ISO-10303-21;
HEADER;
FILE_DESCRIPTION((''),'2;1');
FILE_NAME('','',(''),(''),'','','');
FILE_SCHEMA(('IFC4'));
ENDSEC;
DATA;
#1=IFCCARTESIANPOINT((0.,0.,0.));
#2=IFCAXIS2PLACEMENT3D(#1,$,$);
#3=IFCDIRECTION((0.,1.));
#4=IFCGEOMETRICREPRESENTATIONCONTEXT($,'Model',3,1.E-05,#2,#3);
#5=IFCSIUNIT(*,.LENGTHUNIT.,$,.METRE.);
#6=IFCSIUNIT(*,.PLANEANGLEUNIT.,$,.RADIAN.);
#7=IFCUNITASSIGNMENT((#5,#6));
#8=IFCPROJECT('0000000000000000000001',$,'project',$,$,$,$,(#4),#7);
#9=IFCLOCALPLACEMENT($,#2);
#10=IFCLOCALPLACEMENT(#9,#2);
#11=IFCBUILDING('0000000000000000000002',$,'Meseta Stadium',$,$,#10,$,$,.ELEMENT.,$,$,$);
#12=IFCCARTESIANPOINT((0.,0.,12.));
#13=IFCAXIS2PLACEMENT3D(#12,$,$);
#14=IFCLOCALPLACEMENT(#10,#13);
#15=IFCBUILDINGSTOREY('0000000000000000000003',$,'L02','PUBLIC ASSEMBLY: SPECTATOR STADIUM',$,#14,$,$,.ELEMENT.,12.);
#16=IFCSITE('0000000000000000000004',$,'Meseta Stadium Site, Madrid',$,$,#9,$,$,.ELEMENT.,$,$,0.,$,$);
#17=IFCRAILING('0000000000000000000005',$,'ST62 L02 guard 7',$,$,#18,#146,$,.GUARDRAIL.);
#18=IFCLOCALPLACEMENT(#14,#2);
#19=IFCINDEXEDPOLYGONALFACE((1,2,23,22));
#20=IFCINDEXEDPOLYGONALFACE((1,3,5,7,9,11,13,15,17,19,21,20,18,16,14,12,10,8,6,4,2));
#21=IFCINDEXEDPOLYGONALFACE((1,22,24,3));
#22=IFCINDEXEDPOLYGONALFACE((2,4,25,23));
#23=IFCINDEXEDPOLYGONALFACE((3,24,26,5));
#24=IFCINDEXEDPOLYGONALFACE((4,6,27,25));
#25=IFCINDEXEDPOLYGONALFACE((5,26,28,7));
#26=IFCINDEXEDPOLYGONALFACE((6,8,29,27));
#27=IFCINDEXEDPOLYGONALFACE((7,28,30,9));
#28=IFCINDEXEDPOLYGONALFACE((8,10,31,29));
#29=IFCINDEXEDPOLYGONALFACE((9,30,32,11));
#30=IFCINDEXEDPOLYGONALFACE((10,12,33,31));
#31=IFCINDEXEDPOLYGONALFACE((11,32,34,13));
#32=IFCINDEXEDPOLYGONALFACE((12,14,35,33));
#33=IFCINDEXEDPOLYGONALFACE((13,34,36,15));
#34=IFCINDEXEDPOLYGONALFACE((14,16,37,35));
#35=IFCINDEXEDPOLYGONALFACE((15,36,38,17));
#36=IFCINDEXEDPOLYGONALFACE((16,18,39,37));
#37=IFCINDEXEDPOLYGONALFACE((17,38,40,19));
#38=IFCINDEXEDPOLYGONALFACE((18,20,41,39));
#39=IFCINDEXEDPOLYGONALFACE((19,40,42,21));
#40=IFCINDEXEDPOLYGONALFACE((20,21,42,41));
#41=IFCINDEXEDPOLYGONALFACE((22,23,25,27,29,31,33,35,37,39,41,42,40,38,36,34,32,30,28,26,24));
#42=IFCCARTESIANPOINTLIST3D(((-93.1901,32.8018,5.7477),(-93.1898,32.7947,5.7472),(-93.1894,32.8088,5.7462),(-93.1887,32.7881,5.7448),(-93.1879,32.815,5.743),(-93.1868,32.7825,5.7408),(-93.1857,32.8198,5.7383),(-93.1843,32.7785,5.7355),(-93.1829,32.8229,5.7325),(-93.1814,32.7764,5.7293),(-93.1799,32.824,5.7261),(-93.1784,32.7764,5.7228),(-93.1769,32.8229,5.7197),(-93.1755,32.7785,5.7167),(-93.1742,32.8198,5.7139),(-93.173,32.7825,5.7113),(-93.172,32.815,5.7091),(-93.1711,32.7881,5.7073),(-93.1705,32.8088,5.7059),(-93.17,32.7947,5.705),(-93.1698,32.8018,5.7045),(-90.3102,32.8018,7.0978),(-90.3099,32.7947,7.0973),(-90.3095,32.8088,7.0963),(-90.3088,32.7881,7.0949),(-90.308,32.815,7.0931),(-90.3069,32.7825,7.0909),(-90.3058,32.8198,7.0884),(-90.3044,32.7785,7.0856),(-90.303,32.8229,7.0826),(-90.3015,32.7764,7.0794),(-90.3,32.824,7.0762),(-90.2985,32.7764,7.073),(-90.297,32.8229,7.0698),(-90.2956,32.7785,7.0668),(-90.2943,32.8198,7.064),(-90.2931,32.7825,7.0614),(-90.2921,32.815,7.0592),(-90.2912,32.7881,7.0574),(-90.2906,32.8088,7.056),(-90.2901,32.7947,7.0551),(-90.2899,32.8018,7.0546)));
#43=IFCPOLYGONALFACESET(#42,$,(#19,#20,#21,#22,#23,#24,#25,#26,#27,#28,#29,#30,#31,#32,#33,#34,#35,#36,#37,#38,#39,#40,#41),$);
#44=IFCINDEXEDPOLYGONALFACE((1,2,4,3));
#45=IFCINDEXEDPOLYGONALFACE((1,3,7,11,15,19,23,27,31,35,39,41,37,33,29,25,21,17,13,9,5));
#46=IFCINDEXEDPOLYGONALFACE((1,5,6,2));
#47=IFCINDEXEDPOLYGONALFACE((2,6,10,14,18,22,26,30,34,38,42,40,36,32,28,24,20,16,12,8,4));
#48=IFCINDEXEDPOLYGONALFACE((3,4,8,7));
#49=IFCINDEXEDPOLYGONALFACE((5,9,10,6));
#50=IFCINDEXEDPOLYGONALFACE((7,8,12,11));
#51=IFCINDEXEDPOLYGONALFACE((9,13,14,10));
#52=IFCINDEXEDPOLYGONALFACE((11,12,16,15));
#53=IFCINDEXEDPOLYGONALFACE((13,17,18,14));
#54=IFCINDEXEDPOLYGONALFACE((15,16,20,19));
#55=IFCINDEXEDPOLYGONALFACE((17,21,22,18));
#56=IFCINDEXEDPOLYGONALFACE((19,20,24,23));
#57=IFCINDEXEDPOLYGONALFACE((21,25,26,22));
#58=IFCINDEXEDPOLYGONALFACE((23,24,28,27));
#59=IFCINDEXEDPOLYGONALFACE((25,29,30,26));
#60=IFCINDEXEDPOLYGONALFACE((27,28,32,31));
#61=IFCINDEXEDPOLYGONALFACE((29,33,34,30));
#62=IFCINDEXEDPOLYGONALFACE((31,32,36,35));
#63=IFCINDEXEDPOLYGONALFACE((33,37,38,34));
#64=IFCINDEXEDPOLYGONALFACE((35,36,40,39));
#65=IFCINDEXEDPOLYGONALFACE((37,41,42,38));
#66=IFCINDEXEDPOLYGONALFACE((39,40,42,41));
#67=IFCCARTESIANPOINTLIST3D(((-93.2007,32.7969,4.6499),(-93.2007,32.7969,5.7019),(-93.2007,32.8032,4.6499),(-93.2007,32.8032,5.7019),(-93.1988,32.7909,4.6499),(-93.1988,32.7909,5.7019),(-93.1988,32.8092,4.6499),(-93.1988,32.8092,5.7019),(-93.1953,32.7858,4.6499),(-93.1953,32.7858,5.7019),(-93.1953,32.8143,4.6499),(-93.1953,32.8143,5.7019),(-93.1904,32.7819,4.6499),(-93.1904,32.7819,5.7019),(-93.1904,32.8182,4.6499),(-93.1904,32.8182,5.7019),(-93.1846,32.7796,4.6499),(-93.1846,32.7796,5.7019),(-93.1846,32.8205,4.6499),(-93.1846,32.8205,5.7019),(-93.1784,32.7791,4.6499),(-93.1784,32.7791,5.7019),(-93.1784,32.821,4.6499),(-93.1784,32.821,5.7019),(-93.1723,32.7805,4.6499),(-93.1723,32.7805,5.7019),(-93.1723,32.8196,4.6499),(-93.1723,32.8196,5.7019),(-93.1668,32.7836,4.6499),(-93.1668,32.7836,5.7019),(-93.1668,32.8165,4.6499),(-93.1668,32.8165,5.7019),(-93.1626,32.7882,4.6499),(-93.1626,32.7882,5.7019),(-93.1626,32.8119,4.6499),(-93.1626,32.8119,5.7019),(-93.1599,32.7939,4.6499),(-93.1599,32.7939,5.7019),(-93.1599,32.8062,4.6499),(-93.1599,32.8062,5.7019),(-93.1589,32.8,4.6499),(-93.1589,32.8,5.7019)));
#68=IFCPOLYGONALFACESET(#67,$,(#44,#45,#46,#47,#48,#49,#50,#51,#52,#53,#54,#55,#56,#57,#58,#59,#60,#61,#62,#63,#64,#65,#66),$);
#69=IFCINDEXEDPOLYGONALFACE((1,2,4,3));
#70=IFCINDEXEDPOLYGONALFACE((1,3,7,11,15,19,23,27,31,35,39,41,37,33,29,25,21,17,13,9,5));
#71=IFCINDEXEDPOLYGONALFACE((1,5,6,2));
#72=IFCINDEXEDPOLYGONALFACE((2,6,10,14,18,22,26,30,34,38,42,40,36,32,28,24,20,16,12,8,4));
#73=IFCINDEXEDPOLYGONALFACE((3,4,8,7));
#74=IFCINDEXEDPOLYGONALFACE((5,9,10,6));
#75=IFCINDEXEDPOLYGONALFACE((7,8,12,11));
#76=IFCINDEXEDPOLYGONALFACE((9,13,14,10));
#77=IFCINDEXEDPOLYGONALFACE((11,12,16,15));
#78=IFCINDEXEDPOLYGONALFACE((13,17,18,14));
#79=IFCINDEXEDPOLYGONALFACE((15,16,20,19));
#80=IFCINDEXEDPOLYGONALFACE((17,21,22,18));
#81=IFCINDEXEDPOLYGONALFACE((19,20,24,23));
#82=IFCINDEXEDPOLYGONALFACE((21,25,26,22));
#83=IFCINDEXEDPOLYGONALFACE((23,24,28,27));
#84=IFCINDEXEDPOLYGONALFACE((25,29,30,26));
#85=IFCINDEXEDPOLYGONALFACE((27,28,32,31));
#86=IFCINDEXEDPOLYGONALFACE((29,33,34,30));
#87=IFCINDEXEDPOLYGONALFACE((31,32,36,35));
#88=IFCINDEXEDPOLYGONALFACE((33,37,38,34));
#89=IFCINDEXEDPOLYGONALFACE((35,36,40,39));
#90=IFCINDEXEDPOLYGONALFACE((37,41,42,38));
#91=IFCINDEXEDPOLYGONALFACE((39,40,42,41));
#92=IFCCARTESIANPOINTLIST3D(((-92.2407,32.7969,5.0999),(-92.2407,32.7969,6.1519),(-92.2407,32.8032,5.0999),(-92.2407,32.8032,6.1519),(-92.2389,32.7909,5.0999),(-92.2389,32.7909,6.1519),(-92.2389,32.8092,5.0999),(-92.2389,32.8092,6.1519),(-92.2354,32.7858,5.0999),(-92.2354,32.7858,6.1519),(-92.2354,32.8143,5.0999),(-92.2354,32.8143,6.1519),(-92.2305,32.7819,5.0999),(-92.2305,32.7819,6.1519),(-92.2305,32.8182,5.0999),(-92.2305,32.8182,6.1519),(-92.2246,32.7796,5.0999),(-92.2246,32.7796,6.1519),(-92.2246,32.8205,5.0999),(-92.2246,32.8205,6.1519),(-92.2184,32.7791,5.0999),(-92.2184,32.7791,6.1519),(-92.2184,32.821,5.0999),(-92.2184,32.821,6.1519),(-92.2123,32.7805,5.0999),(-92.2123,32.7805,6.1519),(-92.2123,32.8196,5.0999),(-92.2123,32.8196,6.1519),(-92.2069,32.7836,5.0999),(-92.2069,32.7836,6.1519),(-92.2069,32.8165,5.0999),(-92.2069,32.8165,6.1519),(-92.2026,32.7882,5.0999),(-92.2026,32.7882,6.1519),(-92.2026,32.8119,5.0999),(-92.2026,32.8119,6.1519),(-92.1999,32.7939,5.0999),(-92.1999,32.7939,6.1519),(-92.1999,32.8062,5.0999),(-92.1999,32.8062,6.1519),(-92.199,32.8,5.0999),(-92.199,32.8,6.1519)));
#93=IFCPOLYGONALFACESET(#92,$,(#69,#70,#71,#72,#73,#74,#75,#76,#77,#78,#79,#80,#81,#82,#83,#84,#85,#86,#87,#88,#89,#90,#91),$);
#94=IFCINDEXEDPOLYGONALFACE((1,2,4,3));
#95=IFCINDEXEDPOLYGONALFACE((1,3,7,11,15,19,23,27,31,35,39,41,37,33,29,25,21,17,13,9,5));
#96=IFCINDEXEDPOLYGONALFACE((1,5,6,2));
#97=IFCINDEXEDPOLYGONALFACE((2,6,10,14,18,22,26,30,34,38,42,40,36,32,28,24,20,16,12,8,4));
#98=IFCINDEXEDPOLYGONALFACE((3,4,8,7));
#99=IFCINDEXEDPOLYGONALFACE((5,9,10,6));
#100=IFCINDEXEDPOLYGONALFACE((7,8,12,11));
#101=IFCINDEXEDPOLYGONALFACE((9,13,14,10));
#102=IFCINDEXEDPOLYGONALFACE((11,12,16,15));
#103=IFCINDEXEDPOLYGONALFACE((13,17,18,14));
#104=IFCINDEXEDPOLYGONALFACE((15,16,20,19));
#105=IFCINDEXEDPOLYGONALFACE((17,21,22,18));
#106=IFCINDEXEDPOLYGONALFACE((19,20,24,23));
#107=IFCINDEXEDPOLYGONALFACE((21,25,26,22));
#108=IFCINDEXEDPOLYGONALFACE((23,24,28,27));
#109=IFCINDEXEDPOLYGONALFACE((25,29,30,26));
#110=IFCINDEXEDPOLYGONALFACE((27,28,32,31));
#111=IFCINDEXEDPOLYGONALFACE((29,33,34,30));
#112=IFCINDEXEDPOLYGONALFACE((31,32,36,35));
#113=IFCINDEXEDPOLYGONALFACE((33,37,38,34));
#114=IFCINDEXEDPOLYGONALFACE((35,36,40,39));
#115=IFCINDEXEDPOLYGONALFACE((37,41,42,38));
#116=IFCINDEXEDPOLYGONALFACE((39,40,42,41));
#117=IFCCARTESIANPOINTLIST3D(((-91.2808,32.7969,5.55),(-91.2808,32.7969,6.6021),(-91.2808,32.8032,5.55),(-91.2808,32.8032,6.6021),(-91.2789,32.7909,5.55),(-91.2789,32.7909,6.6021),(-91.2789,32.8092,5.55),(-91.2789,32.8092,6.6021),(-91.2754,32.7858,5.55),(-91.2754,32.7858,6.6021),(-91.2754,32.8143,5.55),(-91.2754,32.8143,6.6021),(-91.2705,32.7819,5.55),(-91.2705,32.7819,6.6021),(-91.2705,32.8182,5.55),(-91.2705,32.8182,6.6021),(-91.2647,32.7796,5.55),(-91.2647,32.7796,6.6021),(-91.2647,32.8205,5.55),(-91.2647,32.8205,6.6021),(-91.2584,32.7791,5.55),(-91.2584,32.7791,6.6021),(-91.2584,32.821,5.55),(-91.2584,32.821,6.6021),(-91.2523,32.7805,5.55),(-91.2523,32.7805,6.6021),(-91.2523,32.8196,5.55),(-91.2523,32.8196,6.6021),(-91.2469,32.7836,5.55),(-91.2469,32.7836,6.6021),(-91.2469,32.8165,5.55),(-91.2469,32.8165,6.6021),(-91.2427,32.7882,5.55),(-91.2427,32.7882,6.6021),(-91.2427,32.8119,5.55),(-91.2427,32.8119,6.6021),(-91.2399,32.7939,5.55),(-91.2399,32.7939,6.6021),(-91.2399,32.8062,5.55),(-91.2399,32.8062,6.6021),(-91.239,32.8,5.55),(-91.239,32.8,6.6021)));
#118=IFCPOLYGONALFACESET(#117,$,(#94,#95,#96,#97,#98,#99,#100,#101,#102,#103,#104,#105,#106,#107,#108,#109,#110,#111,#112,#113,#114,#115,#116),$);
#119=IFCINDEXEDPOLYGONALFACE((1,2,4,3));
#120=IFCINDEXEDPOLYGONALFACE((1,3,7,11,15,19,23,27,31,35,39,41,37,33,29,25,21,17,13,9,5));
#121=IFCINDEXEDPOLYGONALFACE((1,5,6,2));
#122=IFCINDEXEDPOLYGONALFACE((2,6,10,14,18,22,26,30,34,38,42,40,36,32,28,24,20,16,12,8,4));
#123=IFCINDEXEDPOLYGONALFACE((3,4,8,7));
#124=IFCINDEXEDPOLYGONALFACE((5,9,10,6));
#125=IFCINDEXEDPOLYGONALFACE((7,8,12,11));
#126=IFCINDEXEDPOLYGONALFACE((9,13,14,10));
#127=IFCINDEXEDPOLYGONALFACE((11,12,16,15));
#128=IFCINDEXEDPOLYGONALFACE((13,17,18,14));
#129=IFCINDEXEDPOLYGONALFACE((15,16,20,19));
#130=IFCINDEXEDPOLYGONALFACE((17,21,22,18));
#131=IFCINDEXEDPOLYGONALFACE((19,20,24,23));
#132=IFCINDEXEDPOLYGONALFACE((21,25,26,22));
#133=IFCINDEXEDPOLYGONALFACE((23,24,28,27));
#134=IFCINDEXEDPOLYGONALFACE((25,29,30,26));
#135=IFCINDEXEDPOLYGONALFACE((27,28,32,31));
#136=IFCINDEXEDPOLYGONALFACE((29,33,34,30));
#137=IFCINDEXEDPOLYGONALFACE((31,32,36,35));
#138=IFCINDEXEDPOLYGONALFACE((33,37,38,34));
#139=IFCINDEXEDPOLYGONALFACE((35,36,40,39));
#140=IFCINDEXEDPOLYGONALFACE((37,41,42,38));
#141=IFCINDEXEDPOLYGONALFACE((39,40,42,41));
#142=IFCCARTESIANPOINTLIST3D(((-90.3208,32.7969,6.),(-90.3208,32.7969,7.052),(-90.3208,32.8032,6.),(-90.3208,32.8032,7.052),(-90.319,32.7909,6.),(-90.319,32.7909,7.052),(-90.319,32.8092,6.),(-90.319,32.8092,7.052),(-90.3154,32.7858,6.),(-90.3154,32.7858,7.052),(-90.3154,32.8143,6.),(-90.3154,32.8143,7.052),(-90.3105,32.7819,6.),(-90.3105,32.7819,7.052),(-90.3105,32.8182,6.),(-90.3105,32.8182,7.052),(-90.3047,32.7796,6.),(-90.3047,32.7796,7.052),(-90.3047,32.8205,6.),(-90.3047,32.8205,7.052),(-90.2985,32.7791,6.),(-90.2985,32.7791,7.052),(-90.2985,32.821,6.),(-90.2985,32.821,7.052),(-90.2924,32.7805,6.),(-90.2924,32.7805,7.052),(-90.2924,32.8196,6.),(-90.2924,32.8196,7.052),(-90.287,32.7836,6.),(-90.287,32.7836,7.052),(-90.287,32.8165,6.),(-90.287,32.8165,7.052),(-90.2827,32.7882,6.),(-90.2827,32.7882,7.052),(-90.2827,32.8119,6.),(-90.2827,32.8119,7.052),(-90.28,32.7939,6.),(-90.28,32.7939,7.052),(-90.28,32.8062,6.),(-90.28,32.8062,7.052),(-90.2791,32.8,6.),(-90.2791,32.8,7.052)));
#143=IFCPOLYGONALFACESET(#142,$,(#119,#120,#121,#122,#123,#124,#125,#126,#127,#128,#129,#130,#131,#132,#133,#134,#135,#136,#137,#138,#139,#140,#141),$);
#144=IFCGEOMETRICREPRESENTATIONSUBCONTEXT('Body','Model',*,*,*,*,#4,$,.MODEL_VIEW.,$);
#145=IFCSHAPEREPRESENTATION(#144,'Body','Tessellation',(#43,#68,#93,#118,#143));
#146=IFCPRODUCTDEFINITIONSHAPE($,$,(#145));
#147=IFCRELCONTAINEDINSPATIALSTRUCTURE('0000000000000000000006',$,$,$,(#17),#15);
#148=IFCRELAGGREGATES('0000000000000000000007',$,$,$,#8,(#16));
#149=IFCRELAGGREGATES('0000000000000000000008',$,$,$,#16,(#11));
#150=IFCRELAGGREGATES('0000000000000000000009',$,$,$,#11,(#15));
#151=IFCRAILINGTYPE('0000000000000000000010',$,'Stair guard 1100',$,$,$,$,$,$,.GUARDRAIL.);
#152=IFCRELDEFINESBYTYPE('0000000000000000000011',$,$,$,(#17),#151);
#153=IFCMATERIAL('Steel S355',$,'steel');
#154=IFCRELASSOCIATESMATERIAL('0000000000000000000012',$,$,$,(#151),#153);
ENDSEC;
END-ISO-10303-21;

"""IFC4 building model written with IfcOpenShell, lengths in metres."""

from ifc_helpers import new_model, si_unit, direction, frame, origin, origin_2d, place, context, subcontext, project, spatial, circle, extrude, material, type_object, element, save


model = new_model("IFC4")

# Units and contexts
model_context = context("Model", 3, precision=1e-05, world=origin(), true_north=direction((0.0, 1.0)))
body_context = subcontext(model_context, "Body", "Model", "MODEL_VIEW")
ifc_project = project(units=[si_unit("LENGTHUNIT", "METRE"), si_unit("PLANEANGLEUNIT", "RADIAN")], contexts=[model_context])

# Site, building, storey
site_placement = place(None, origin())
site = spatial("IfcSite", under=ifc_project, at=site_placement, Name="Meseta Stadium Site, Madrid", CompositionType="ELEMENT", RefElevation=0.0)
building_placement = place(site_placement, origin())
building = spatial("IfcBuilding", under=site, at=building_placement, Name="Meseta Stadium", CompositionType="ELEMENT")
storey_placement = place(building_placement, frame((0.0, 0.0, 12.0)))
storey = spatial("IfcBuildingStorey", under=building, at=storey_placement, Name="L02", Description="PUBLIC ASSEMBLY: SPECTATOR STADIUM", CompositionType="ELEMENT", Elevation=12.0)

# Railing
ifc_material_1 = material(Name="Steel S355", Category="steel")
railing_type_1 = type_object("IfcRailingType", Name="Stair guard 1100", PredefinedType="GUARDRAIL", material=ifc_material_1)
for number, where, name in (
    (1, (-93.1799, 32.8, 4.6499), "ST62 L02 guard 7"),
):
    element("IfcRailing", number, at=place(storey_placement, frame(where)), inside=storey, type_object=railing_type_1, Name=name, PredefinedType="GUARDRAIL", context=body_context, shape_type="SweptSolid", body=[
        extrude(circle(Radius=0.0239, at=origin_2d()), frame((0.0, 0.0, 1.0762), z_axis=(0.90544, 0.0, 0.424473), x_axis=(0.0, 1.0, 0.0)), (0.0, 0.0, 1.0), 3.1807),
        extrude(circle(Radius=0.021, at=origin_2d()), origin(), (0.0, 0.0, 1.0), 1.052),
        extrude(circle(Radius=0.021, at=origin_2d()), frame((0.96, 0.0, 0.45)), (0.0, 0.0, 1.0), 1.052),
        extrude(circle(Radius=0.021, at=origin_2d()), frame((1.9199, 0.0, 0.9001)), (0.0, 0.0, 1.0), 1.052),
        extrude(circle(Radius=0.021, at=origin_2d()), frame((2.8799, 0.0, 1.3501)), (0.0, 0.0, 1.0), 1.052),
    ])

save(model, "model.ifc")
